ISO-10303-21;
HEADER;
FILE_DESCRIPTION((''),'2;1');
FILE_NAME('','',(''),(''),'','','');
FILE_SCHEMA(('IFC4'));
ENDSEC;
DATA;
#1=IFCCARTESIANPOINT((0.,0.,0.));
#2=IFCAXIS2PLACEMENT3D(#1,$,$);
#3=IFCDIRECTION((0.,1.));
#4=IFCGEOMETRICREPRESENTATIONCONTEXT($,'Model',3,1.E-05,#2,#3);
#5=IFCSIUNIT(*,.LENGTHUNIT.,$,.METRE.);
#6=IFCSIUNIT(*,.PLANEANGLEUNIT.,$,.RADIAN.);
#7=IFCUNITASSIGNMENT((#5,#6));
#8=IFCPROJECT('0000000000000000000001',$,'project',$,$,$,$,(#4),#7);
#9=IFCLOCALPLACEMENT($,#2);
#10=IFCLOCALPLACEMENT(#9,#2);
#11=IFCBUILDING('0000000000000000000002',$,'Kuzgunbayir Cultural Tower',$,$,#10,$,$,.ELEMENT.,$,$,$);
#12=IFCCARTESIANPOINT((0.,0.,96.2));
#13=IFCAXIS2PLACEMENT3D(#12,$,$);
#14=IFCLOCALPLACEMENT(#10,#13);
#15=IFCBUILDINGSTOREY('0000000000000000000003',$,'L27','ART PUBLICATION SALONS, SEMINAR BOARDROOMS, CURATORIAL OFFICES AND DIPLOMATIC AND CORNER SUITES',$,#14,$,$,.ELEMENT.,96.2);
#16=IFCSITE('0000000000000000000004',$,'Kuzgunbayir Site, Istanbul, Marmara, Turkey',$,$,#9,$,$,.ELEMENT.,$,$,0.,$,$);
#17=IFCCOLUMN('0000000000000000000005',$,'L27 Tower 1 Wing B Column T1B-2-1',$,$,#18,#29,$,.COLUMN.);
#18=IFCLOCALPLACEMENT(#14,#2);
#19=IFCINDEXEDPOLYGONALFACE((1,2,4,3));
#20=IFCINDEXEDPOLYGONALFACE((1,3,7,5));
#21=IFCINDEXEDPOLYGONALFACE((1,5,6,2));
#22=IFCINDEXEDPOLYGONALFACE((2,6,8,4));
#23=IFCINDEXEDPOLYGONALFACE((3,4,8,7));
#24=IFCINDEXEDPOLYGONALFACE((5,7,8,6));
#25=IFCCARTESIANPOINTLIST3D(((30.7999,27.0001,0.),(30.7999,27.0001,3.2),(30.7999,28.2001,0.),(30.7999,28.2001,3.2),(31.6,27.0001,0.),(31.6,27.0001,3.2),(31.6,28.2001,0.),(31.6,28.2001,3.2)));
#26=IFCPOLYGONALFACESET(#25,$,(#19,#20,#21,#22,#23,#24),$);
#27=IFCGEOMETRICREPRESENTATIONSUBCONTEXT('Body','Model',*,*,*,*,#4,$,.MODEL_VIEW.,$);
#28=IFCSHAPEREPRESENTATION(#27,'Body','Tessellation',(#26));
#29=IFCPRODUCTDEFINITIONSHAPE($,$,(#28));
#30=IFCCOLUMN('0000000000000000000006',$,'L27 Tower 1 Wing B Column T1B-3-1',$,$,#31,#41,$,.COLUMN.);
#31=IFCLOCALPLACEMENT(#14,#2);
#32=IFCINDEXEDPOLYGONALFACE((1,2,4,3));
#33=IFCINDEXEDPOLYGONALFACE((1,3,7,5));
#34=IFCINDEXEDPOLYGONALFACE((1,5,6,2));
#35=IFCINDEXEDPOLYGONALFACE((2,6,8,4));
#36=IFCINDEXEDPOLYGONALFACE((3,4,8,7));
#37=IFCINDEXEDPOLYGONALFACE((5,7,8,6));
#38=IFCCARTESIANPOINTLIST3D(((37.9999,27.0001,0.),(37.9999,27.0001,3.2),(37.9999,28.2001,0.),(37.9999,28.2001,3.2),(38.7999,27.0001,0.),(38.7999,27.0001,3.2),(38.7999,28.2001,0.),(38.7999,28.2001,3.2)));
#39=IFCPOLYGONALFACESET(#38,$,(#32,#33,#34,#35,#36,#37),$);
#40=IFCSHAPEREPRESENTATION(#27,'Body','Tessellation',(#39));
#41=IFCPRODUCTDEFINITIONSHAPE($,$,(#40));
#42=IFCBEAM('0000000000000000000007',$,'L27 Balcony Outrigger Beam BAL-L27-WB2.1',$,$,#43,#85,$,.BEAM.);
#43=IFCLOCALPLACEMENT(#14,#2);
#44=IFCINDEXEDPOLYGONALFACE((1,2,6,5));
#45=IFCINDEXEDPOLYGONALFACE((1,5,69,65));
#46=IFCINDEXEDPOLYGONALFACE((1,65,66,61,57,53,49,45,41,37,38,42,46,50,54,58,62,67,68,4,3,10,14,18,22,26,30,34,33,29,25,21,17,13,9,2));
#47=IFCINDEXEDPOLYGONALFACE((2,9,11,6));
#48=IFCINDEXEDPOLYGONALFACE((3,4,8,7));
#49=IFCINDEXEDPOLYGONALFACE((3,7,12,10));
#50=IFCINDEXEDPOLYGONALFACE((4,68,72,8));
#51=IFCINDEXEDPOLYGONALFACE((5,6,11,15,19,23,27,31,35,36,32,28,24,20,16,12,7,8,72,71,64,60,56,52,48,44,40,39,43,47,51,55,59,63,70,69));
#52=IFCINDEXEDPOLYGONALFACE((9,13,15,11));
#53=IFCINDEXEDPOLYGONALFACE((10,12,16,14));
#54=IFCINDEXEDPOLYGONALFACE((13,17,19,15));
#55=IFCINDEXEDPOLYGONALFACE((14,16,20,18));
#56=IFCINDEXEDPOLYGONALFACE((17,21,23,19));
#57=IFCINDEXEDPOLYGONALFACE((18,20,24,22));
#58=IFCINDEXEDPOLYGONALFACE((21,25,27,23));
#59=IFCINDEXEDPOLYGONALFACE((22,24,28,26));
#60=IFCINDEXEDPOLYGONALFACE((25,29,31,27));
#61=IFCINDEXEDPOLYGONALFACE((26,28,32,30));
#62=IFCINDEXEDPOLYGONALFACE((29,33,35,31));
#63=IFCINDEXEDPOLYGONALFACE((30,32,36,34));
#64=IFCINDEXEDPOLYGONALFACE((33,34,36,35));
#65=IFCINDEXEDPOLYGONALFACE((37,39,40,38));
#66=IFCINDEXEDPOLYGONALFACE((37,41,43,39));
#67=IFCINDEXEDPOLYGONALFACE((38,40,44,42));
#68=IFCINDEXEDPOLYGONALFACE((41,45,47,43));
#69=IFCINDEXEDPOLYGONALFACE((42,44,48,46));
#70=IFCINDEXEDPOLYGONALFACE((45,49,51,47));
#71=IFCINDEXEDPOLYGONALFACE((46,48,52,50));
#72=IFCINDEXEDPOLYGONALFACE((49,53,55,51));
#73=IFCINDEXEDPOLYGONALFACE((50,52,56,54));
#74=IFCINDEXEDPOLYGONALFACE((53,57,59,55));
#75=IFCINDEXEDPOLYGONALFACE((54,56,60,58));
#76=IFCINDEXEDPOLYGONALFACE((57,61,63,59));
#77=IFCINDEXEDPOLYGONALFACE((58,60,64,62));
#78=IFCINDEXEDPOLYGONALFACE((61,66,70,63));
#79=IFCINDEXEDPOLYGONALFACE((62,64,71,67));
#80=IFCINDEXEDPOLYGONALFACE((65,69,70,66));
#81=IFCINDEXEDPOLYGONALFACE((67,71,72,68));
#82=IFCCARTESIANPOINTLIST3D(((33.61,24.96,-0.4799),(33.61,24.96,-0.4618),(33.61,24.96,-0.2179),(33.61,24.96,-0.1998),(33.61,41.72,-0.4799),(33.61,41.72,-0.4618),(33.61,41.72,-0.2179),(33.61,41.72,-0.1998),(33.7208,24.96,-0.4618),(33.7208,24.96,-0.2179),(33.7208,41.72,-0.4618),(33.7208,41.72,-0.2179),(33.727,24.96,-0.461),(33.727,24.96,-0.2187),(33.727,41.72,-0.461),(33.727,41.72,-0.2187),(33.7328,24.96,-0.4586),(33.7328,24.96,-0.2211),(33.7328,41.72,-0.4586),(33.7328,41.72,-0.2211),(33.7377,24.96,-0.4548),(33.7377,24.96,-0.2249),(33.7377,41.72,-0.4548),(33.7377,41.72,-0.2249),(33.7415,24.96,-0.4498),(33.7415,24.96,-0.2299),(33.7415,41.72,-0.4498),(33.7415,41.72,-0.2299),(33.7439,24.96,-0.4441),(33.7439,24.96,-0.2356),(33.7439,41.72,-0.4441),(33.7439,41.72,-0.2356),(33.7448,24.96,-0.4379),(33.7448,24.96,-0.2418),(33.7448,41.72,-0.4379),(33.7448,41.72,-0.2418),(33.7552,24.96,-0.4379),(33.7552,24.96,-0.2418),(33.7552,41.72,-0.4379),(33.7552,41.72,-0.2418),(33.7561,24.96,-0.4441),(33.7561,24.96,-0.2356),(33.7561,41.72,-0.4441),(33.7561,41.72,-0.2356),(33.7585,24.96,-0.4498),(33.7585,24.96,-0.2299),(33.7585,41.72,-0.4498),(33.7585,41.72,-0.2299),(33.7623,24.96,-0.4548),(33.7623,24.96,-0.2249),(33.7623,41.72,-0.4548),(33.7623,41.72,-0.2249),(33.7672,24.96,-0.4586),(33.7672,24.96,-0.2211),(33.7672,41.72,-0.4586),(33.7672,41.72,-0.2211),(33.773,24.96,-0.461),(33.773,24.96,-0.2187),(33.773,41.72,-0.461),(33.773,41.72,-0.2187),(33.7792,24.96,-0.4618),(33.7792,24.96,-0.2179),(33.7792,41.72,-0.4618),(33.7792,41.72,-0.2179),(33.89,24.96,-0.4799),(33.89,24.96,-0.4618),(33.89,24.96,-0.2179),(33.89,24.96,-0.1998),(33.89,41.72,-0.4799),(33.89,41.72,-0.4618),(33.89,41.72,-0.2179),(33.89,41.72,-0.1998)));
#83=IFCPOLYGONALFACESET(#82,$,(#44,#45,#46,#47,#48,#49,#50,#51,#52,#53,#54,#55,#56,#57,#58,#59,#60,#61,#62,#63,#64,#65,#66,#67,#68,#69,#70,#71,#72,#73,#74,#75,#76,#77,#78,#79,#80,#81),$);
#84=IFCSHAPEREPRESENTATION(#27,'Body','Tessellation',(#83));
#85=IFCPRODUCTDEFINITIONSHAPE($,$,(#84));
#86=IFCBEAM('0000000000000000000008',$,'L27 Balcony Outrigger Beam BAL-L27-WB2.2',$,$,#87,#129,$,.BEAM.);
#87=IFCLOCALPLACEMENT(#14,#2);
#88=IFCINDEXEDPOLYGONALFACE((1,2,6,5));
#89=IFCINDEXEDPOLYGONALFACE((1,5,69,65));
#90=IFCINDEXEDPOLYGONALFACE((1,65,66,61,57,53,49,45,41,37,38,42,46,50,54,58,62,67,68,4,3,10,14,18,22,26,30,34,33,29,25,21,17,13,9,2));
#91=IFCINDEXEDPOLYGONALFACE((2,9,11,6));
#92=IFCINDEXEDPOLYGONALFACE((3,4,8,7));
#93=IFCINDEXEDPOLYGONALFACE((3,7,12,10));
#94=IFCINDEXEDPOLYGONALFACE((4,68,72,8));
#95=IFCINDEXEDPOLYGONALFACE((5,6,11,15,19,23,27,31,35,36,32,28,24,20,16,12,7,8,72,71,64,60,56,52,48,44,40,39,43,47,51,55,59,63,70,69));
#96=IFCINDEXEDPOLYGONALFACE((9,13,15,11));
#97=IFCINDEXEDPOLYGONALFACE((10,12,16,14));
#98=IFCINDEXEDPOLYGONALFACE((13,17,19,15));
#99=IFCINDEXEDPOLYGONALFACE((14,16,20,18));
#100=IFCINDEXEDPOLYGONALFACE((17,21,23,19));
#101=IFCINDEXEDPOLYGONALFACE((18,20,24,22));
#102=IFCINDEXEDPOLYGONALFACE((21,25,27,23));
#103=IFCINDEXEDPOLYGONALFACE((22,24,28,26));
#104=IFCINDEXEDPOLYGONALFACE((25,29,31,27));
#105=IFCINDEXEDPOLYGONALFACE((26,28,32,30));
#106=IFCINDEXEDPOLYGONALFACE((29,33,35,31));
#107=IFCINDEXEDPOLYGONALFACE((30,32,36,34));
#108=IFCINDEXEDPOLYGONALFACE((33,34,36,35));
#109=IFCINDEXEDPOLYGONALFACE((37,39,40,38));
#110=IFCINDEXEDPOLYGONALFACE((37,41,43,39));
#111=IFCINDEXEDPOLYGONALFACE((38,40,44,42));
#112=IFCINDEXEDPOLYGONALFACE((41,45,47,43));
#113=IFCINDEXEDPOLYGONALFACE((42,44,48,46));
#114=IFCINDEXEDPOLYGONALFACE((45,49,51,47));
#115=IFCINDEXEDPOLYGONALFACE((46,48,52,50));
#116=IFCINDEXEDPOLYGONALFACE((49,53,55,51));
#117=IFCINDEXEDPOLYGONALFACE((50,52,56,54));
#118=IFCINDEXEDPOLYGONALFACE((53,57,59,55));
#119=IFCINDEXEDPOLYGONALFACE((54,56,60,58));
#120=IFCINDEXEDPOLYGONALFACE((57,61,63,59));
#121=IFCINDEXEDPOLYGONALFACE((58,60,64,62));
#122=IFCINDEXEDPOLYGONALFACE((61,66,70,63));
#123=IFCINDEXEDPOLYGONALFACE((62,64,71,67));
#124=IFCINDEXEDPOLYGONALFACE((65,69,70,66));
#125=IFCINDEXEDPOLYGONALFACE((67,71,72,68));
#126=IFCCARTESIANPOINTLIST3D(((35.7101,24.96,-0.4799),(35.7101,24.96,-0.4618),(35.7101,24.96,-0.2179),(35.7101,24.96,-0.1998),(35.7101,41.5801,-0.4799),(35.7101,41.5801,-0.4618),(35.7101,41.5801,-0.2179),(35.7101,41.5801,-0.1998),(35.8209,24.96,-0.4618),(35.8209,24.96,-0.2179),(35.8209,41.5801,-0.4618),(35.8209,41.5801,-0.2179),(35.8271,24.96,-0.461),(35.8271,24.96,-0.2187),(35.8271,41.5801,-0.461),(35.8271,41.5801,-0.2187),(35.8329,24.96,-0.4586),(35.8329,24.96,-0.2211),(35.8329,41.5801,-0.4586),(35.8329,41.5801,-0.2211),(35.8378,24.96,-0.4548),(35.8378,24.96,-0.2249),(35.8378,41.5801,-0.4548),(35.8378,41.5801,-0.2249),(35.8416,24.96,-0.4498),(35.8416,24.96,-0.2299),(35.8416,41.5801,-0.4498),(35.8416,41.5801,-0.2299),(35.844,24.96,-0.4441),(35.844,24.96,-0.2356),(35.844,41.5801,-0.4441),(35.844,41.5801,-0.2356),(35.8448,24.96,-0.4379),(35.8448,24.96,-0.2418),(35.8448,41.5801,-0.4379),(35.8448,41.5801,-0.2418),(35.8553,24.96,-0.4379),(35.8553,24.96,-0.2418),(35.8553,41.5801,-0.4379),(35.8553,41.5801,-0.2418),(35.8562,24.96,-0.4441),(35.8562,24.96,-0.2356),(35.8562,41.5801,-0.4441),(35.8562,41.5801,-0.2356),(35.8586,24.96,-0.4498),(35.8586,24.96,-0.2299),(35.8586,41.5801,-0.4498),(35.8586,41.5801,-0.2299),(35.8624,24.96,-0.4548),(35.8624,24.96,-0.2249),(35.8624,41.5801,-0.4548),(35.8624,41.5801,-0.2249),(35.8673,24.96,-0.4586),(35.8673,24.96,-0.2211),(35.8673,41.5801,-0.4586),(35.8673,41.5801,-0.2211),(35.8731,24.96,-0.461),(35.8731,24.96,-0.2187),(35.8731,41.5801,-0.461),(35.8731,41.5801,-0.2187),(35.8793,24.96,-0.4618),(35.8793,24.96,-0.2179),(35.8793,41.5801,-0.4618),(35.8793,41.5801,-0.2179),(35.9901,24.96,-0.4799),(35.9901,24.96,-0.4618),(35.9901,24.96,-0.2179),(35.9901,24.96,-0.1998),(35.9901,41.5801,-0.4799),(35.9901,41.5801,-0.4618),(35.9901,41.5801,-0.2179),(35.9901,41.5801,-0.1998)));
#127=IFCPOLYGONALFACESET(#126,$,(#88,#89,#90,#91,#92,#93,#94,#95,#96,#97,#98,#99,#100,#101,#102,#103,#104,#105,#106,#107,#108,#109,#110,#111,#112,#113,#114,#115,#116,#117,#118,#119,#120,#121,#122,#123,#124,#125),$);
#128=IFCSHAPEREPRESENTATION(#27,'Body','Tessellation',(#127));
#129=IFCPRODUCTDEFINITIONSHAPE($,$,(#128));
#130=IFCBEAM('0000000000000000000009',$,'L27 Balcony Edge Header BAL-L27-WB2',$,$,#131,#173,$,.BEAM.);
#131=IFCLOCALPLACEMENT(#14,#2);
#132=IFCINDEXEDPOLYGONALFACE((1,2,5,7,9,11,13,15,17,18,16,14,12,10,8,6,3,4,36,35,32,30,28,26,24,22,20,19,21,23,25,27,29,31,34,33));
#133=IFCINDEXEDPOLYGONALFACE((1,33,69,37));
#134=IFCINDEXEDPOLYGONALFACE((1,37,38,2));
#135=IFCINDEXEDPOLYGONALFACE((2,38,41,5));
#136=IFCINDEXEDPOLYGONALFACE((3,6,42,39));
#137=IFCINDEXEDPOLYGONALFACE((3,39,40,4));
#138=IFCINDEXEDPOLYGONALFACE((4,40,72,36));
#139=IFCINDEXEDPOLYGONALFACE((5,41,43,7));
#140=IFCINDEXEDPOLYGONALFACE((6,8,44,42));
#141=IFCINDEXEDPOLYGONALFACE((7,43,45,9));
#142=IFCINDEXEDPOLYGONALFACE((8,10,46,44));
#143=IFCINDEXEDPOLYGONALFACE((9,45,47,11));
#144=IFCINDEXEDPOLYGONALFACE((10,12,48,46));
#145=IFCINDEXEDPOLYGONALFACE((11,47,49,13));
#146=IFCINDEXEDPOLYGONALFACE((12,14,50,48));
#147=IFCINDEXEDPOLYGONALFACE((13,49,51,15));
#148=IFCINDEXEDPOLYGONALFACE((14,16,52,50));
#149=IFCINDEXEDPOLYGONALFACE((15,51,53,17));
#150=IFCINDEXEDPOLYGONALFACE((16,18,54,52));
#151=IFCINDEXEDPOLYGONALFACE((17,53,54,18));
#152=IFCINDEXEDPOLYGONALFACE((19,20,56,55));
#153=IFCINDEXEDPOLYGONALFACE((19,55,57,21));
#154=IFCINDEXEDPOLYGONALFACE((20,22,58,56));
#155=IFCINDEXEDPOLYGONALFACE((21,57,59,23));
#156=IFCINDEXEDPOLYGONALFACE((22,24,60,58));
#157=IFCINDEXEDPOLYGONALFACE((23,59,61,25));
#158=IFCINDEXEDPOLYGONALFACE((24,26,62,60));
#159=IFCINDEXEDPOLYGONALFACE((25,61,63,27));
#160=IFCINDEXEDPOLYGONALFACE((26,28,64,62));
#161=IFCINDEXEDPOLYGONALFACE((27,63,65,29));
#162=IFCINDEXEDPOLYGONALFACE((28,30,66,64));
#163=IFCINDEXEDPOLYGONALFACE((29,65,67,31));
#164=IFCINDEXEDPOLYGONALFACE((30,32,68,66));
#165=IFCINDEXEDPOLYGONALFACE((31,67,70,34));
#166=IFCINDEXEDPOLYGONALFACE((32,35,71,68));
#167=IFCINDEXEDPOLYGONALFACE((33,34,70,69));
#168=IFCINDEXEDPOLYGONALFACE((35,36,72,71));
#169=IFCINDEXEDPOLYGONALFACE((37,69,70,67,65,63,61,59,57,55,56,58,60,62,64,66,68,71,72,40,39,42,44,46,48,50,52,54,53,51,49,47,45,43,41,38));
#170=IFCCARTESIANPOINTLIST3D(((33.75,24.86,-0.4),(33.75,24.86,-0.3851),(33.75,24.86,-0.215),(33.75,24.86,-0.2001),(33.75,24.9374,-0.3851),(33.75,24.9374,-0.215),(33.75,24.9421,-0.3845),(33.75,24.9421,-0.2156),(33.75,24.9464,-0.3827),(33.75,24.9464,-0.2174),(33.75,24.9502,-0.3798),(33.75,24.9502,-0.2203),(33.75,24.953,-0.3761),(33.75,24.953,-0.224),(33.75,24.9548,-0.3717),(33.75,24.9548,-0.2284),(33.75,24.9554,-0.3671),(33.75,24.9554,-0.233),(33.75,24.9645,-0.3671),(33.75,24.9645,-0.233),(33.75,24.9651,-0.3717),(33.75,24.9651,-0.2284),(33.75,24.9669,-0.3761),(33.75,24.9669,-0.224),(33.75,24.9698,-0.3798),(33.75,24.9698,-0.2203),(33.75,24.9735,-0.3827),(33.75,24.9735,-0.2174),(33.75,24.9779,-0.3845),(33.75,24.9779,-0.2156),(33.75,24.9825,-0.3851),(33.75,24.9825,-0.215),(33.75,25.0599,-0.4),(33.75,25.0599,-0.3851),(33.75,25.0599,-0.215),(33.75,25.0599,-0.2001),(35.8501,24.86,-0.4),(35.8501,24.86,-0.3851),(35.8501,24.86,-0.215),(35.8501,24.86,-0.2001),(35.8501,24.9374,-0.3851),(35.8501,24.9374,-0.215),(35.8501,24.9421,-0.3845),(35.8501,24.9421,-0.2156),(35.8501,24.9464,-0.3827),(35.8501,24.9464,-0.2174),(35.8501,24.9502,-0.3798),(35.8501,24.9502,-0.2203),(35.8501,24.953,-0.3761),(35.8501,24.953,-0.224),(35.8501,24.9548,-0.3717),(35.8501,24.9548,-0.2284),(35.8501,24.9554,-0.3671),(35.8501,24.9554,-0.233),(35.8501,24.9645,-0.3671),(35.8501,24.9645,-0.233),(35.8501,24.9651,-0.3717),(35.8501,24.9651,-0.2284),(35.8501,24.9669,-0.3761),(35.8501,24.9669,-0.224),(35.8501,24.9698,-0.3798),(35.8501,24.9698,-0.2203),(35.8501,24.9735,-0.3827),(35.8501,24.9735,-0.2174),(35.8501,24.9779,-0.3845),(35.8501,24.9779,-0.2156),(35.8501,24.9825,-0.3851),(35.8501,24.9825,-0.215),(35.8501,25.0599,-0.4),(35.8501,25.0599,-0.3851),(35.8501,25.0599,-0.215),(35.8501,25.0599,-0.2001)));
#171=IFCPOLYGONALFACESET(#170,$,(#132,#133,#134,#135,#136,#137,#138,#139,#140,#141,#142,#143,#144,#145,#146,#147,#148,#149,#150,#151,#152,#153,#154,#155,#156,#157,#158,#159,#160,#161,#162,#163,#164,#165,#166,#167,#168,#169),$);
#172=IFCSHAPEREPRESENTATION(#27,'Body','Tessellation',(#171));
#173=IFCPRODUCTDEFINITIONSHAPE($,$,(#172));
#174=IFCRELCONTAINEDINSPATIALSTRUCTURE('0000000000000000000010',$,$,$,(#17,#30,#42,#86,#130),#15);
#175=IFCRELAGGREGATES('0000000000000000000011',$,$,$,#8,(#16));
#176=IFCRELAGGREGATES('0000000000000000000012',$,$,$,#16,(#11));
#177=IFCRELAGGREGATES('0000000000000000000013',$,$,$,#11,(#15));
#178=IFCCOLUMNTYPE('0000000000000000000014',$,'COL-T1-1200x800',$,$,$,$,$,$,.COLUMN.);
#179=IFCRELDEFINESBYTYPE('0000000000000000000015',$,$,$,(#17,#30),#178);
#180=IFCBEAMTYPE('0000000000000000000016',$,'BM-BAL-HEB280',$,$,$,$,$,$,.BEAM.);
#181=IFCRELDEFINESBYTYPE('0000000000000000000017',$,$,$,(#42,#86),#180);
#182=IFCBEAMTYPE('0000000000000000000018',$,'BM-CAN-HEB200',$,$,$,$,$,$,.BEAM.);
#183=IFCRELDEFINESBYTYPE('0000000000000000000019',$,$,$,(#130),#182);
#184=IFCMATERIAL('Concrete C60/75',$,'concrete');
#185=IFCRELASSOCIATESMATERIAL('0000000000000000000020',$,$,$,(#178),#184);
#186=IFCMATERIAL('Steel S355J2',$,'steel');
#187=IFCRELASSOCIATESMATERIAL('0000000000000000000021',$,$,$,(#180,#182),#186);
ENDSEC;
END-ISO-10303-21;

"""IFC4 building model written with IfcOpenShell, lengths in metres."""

from ifc_helpers import new_model, si_unit, direction, frame, origin, origin_2d, place, context, subcontext, project, spatial, rectangle, i_section, extrude, material, material_profile, profile_set, type_object, element, save


model = new_model("IFC4")

# Units and contexts
model_context = context("Model", 3, precision=1e-05, world=origin(), true_north=direction((0.0, 1.0)))
body_context = subcontext(model_context, "Body", "Model", "MODEL_VIEW")
ifc_project = project(units=[si_unit("LENGTHUNIT", "METRE"), si_unit("PLANEANGLEUNIT", "RADIAN")], contexts=[model_context])

# Site, building, storey
site_placement = place(None, origin())
site = spatial("IfcSite", under=ifc_project, at=site_placement, Name="Kuzgunbayir Site, Istanbul, Marmara, Turkey", CompositionType="ELEMENT", RefElevation=0.0)
building_placement = place(site_placement, origin())
building = spatial("IfcBuilding", under=site, at=building_placement, Name="Kuzgunbayir Cultural Tower", CompositionType="ELEMENT")
storey_placement = place(building_placement, frame((0.0, 0.0, 96.2)))
storey = spatial("IfcBuildingStorey", under=building, at=storey_placement, Name="L27", Description="ART PUBLICATION SALONS, SEMINAR BOARDROOMS, CURATORIAL OFFICES AND DIPLOMATIC AND CORNER SUITES", CompositionType="ELEMENT", Elevation=96.2)

# Columns
ifc_material_1 = material(Name="Concrete C60/75", Category="concrete")
ifc_material_profile_1 = material_profile(ifc_material_1, rectangle(XDim=0.8, YDim=1.2, at=origin_2d()), Name="RC 1200x800")
ifc_profile_set_1 = profile_set([ifc_material_profile_1], Name="Concrete C60/75")
column_type = type_object("IfcColumnType", Name="COL-T1-1200x800", PredefinedType="COLUMN", material=ifc_profile_set_1)
for number, where, z_axis, x_axis, name in (
    (1, (31.2, 27.6001, 0.0), (0.0, 0.0, 1.0), (1.0, 0.0, 0.0), "L27 Tower 1 Wing B Column T1B-2-1"),
    (2, (38.3999, 27.6001, 0.0), (0.0, 0.0, 1.0), (1.0, 0.0, 0.0), "L27 Tower 1 Wing B Column T1B-3-1"),
):
    element("IfcColumn", number, at=place(storey_placement, frame(where, z_axis=z_axis, x_axis=x_axis)), inside=storey, type_object=column_type, Name=name, PredefinedType="COLUMN", context=body_context, shape_type="SweptSolid", body=[
        extrude(rectangle(XDim=0.8, YDim=1.2, at=origin_2d()), origin(), (0.0, 0.0, 1.0), 3.2),
    ])

# Beams
ifc_material_2 = material(Name="Steel S355J2", Category="steel")
ifc_material_profile_2 = material_profile(ifc_material_2, i_section(OverallWidth=0.28, OverallDepth=0.28, WebThickness=0.0105, FlangeThickness=0.0181, FilletRadius=0.0239, at=origin_2d()), Name="HEB 280")
ifc_profile_set_2 = profile_set([ifc_material_profile_2], Name="Steel S355J2")
beam_type_1 = type_object("IfcBeamType", Name="BM-BAL-HEB280", PredefinedType="BEAM", material=ifc_profile_set_2)
beam_1_placement = place(storey_placement, frame((33.75, 24.96, -0.3398), z_axis=(0.0, 1.0, 0.0), x_axis=(-1.0, 0.0, 0.0)))
element("IfcBeam", 3, at=beam_1_placement, inside=storey, type_object=beam_type_1, Name="L27 Balcony Outrigger Beam BAL-L27-WB2.1", PredefinedType="BEAM", context=body_context, shape_type="SweptSolid", body=[
    extrude(i_section(OverallWidth=0.28, OverallDepth=0.28, WebThickness=0.0105, FlangeThickness=0.0181, FilletRadius=0.0239, at=origin_2d()), origin(), (0.0, 0.0, 1.0), 16.76),
])
beam_2_placement = place(storey_placement, frame((35.8501, 24.96, -0.3398), z_axis=(0.0, 1.0, 0.0), x_axis=(-1.0, 0.0, 0.0)))
element("IfcBeam", 4, at=beam_2_placement, inside=storey, type_object=beam_type_1, Name="L27 Balcony Outrigger Beam BAL-L27-WB2.2", PredefinedType="BEAM", context=body_context, shape_type="SweptSolid", body=[
    extrude(i_section(OverallWidth=0.28, OverallDepth=0.28, WebThickness=0.0105, FlangeThickness=0.0181, FilletRadius=0.0239, at=origin_2d()), origin(), (0.0, 0.0, 1.0), 16.6201),
])
ifc_material_profile_3 = material_profile(ifc_material_2, i_section(OverallWidth=0.2, OverallDepth=0.2, WebThickness=0.009, FlangeThickness=0.0149, FilletRadius=0.0181, at=origin_2d()), Name="HEB 200")
ifc_profile_set_3 = profile_set([ifc_material_profile_3], Name="Steel S355J2")
beam_type_2 = type_object("IfcBeamType", Name="BM-CAN-HEB200", PredefinedType="BEAM", material=ifc_profile_set_3)
beam_3_placement = place(storey_placement, frame((33.75, 24.96, -0.3), z_axis=(1.0, 0.0, 0.0), x_axis=(0.0, 1.0, 0.0)))
element("IfcBeam", 5, at=beam_3_placement, inside=storey, type_object=beam_type_2, Name="L27 Balcony Edge Header BAL-L27-WB2", PredefinedType="BEAM", context=body_context, shape_type="SweptSolid", body=[
    extrude(i_section(OverallWidth=0.2, OverallDepth=0.2, WebThickness=0.009, FlangeThickness=0.0149, FilletRadius=0.0181, at=origin_2d()), origin(), (0.0, 0.0, 1.0), 2.1001),
])

save(model, "model.ifc")
